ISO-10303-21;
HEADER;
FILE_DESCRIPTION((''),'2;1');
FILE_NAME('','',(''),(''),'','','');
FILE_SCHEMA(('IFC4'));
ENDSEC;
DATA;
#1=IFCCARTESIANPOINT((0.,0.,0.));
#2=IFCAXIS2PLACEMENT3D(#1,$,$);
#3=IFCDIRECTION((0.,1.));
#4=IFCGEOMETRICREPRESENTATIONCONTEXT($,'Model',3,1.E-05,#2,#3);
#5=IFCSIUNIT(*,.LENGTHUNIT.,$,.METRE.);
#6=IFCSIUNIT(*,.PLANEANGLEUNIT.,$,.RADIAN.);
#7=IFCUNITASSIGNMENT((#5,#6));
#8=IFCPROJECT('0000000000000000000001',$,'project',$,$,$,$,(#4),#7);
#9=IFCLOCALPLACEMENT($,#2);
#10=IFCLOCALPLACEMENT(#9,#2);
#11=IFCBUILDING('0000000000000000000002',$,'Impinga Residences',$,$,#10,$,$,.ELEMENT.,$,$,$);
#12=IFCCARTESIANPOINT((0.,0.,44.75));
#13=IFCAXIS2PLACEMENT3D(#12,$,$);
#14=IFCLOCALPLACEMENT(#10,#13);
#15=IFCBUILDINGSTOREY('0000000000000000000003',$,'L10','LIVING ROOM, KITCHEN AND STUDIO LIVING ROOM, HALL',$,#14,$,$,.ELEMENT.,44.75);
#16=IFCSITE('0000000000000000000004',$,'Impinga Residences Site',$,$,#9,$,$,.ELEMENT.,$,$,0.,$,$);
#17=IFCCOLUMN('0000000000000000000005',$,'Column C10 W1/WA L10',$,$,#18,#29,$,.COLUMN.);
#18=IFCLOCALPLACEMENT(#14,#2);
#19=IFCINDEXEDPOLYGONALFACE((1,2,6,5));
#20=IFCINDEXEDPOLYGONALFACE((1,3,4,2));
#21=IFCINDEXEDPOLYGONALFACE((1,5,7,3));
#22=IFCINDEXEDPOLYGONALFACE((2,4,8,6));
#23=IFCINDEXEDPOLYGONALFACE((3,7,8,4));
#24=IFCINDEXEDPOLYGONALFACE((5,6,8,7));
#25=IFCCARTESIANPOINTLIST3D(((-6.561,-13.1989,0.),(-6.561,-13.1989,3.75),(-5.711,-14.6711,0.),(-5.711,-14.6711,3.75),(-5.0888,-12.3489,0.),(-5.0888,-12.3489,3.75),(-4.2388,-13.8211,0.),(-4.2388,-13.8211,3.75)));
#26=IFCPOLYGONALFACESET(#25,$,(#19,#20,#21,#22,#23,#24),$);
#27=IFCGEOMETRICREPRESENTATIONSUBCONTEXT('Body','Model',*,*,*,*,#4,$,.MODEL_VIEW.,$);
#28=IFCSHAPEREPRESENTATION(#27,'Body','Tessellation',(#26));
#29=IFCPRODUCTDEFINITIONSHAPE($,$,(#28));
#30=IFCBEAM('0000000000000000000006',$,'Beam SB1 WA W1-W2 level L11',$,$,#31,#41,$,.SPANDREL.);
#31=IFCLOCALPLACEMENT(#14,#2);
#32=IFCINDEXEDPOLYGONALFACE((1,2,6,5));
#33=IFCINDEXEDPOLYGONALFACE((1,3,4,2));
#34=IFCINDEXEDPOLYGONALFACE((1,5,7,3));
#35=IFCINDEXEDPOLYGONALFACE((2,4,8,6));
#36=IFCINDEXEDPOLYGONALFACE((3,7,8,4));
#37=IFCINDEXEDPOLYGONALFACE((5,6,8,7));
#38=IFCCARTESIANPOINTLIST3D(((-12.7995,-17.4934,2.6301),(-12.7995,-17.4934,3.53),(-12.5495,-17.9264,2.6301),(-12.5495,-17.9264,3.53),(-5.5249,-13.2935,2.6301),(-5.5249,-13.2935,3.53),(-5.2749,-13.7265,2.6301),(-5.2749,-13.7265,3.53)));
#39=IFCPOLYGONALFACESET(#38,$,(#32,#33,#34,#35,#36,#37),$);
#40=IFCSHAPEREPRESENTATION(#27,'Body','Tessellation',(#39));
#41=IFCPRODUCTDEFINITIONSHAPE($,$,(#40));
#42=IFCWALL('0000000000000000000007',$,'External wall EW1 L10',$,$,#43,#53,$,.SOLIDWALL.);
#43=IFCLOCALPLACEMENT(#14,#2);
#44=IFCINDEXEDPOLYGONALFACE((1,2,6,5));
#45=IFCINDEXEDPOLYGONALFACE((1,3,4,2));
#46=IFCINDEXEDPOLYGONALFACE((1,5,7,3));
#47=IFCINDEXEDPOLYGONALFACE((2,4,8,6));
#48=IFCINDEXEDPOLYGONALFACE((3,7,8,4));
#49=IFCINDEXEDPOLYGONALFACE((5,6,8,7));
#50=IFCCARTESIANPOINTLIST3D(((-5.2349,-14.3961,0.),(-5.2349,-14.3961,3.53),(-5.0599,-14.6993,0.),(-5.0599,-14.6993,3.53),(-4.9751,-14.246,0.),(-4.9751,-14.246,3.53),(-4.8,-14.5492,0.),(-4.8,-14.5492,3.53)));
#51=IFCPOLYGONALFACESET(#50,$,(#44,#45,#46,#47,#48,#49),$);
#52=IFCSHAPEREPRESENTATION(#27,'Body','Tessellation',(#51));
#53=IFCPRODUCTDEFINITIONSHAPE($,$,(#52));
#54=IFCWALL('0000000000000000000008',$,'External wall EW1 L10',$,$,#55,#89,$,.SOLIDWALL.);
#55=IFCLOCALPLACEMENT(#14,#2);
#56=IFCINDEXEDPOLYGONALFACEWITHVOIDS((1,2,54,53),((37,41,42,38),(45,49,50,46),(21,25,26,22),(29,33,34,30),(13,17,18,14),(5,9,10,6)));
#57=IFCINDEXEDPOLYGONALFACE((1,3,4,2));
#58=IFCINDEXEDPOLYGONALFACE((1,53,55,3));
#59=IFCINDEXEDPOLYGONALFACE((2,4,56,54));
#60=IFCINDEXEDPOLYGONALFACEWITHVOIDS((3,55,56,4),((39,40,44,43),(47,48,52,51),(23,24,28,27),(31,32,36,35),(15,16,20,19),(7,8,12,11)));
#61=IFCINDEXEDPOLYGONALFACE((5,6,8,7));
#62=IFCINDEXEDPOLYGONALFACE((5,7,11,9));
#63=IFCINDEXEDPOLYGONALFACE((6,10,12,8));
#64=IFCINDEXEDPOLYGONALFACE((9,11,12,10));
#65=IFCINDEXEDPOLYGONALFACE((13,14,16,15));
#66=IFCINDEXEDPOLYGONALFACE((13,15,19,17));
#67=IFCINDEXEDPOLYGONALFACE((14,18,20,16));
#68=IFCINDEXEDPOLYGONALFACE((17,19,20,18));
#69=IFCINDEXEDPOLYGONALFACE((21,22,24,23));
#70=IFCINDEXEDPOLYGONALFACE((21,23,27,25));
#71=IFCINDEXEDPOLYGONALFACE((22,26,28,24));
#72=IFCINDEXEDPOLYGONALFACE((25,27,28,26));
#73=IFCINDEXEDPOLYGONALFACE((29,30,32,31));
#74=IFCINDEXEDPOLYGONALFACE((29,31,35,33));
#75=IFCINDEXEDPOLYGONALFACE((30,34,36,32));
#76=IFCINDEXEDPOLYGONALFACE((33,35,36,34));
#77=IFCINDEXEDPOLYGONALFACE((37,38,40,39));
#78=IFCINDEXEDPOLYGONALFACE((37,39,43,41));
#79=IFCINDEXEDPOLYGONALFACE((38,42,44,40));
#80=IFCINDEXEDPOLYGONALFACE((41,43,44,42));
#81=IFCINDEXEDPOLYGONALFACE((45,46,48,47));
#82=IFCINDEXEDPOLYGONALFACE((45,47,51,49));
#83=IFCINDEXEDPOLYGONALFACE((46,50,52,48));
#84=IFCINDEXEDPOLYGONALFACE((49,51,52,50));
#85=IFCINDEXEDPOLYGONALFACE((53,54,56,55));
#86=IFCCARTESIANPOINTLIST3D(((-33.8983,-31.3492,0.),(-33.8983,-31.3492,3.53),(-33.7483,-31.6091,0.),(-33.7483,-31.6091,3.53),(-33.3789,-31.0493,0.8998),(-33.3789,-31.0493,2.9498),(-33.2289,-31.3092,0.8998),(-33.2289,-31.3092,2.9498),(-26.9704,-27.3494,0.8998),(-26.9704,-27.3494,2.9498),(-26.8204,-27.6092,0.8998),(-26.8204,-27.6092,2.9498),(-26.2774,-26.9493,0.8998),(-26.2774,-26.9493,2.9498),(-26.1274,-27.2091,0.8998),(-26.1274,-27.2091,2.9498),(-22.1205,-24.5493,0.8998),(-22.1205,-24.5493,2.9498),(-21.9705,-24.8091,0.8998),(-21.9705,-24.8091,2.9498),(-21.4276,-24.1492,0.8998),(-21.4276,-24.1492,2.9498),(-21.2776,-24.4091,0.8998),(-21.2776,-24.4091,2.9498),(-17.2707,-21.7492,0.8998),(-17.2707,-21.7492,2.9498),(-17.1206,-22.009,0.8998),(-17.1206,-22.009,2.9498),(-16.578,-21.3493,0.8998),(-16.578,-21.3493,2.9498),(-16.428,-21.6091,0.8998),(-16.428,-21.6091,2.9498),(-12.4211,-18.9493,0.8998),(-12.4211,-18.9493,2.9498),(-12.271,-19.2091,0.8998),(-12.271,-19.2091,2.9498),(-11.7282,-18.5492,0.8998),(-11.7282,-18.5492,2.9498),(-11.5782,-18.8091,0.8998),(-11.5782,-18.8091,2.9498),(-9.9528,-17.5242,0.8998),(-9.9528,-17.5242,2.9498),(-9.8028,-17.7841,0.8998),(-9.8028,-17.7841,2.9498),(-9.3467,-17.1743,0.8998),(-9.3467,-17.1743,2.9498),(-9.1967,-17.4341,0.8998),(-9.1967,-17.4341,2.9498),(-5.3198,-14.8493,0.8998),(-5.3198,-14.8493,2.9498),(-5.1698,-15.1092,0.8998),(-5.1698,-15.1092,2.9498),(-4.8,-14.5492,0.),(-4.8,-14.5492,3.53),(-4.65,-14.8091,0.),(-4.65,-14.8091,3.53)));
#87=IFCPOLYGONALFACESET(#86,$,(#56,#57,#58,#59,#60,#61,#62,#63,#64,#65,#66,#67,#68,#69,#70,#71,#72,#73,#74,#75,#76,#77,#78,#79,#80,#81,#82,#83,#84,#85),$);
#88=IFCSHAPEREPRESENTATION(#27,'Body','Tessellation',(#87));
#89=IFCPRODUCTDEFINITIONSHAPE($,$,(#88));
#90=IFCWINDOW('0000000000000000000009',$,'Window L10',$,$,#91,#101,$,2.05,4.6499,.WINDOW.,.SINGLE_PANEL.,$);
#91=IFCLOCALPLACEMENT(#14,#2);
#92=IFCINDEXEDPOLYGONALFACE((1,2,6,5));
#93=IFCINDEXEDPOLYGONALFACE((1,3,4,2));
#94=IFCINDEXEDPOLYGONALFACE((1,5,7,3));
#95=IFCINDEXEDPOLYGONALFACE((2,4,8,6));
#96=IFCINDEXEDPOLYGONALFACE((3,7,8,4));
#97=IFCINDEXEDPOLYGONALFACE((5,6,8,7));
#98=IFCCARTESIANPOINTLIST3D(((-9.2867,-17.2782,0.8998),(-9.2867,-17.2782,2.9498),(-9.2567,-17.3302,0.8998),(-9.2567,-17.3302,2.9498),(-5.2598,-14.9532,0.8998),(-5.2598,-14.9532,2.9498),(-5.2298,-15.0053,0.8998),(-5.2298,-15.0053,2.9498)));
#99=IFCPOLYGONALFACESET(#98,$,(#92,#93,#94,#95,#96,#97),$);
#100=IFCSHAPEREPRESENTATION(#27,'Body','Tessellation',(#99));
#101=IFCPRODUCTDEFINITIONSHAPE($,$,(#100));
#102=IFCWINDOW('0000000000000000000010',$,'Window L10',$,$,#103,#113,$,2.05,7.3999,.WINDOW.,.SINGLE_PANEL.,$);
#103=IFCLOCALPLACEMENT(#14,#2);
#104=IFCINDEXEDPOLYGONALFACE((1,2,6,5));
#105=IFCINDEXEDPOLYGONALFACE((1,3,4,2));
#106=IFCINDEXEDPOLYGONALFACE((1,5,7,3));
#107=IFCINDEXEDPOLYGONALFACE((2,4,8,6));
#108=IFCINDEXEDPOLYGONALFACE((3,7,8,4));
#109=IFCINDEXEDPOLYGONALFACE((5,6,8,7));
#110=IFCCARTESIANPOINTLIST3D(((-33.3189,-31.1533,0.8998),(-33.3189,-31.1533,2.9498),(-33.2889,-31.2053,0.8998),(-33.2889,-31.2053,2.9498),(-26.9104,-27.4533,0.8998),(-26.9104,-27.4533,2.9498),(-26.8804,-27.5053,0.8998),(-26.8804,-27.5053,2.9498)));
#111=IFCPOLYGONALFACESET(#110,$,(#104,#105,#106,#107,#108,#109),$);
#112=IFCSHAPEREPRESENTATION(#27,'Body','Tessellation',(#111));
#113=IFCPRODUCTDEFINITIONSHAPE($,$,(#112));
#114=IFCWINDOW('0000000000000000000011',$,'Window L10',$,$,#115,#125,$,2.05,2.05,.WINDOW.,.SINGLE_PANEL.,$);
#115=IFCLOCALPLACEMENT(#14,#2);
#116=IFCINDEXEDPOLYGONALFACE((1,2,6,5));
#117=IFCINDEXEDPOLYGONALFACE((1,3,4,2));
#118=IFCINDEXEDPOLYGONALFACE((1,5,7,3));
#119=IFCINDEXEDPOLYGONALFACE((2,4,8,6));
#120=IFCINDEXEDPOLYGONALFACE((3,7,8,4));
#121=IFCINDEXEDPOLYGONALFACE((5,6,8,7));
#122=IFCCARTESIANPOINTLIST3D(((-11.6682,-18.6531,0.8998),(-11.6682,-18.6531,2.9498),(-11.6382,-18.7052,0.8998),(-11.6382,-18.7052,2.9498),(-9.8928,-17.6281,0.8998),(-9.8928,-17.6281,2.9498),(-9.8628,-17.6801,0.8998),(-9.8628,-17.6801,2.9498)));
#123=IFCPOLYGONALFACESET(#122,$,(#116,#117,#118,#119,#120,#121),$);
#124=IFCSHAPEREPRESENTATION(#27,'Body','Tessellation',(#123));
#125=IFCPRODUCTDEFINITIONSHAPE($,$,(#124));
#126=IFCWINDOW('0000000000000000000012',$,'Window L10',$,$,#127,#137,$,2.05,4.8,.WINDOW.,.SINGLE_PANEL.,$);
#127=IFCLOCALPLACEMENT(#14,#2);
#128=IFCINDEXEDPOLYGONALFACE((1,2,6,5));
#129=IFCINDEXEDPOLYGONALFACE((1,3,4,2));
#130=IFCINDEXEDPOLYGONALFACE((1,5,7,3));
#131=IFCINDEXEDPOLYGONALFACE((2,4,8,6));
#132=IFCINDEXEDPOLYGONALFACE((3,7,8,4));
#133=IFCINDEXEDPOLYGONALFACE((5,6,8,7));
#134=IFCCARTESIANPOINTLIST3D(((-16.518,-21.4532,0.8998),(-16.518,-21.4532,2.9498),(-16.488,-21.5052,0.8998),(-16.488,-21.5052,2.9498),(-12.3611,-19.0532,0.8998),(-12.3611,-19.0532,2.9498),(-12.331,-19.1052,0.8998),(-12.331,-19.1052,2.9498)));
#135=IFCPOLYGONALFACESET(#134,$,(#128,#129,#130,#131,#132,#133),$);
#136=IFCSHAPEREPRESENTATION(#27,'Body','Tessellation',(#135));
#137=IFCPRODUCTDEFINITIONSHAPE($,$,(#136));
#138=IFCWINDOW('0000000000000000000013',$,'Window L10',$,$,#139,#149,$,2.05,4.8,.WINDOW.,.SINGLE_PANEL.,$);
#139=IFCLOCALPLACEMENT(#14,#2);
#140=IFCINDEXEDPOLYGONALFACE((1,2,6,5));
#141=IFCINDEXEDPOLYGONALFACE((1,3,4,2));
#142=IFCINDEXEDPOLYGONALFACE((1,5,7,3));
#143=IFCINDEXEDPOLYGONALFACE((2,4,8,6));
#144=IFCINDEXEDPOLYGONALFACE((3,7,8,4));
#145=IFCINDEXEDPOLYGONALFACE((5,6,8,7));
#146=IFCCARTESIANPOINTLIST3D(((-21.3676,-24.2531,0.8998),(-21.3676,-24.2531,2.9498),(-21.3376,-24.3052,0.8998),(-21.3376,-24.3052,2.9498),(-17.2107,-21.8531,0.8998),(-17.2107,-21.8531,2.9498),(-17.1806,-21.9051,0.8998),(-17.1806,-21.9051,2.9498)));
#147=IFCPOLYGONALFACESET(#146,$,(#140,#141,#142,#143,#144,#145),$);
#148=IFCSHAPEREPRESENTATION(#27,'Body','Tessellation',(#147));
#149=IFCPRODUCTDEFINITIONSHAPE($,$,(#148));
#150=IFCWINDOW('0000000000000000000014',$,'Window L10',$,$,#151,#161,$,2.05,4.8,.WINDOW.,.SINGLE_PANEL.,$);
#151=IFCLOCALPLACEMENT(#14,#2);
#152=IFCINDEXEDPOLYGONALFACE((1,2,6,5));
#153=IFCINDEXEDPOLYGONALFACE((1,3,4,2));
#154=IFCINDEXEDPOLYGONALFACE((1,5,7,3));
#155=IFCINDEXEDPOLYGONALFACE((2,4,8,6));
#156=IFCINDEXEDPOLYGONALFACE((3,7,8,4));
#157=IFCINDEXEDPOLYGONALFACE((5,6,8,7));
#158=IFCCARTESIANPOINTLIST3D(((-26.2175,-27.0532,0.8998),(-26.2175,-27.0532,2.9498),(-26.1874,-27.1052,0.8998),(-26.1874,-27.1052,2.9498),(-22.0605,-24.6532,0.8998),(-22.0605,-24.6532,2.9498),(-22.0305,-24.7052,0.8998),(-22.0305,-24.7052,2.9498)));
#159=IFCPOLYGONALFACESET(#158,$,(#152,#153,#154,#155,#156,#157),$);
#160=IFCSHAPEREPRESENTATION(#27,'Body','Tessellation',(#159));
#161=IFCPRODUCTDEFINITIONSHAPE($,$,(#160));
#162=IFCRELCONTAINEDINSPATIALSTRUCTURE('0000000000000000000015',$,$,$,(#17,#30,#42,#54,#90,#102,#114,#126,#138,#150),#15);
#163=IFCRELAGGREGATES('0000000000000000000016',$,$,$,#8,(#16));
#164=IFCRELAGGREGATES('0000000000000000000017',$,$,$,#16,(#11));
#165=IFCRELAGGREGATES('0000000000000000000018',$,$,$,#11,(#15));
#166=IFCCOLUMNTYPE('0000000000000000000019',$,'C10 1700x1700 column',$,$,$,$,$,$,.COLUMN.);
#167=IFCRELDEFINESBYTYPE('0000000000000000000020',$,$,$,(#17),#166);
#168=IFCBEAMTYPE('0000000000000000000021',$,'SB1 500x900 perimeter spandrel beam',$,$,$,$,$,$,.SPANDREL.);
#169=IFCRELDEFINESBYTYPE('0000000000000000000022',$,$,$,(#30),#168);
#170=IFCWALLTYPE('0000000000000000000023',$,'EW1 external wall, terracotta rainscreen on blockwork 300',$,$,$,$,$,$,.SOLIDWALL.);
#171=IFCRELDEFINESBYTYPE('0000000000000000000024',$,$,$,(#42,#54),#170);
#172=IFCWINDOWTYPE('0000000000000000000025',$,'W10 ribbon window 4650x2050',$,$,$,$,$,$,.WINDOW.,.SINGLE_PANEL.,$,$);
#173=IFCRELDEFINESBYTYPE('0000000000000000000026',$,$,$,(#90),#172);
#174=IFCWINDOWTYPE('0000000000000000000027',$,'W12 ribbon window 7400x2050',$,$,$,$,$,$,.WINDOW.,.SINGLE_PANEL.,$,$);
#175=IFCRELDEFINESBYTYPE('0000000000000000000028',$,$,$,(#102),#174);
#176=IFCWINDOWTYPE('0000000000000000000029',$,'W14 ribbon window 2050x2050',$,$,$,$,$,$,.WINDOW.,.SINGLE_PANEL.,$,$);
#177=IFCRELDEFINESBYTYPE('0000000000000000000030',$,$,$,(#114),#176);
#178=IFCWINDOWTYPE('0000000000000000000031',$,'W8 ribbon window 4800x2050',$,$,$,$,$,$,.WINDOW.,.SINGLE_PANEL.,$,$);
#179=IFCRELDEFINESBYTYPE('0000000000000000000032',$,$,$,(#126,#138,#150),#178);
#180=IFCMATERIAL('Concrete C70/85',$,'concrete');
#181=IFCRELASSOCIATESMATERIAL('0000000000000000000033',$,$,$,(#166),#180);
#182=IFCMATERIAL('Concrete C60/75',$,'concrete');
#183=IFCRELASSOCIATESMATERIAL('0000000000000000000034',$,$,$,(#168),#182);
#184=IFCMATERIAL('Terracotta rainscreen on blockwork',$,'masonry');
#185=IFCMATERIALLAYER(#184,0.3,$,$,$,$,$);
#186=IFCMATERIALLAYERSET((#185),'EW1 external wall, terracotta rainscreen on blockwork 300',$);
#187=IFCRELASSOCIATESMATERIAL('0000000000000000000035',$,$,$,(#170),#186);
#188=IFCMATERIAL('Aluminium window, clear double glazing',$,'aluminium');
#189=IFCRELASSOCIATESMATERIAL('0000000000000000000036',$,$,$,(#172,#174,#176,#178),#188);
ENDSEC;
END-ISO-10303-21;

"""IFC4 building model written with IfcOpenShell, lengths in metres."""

from ifc_helpers import new_model, si_unit, direction, frame, frame_2d, origin, origin_2d, place, context, subcontext, project, spatial, rectangle, extrude, material, layer, layer_set, material_profile, profile_set, type_object, element, fill, save


model = new_model("IFC4")

# Units and contexts
model_context = context("Model", 3, precision=1e-05, world=origin(), true_north=direction((0.0, 1.0)))
body_context = subcontext(model_context, "Body", "Model", "MODEL_VIEW")
ifc_project = project(units=[si_unit("LENGTHUNIT", "METRE"), si_unit("PLANEANGLEUNIT", "RADIAN")], contexts=[model_context])

# Site, building, storey
site_placement = place(None, origin())
site = spatial("IfcSite", under=ifc_project, at=site_placement, Name="Impinga Residences Site", CompositionType="ELEMENT", RefElevation=0.0)
building_placement = place(site_placement, origin())
building = spatial("IfcBuilding", under=site, at=building_placement, Name="Impinga Residences", CompositionType="ELEMENT")
storey_placement = place(building_placement, frame((0.0, 0.0, 44.75)))
storey = spatial("IfcBuildingStorey", under=building, at=storey_placement, Name="L10", Description="LIVING ROOM, KITCHEN AND STUDIO LIVING ROOM, HALL", CompositionType="ELEMENT", Elevation=44.75)

# Column
ifc_material_1 = material(Name="Concrete C70/85", Category="concrete")
ifc_material_profile_1 = material_profile(ifc_material_1, rectangle(XDim=1.7, YDim=1.7, at=origin_2d()), Name="RC 1700x1700")
ifc_profile_set_1 = profile_set([ifc_material_profile_1], Name="Concrete C70/85")
column_type = type_object("IfcColumnType", Name="C10 1700x1700 column", PredefinedType="COLUMN", material=ifc_profile_set_1)
column_placement = place(storey_placement, frame((-5.3999, -13.51, 0.0), z_axis=(0.0, 0.0, 1.0), x_axis=(-0.5, 0.866025, 0.0)))
element("IfcColumn", 1, at=column_placement, inside=storey, type_object=column_type, Name="Column C10 W1/WA L10", PredefinedType="COLUMN", context=body_context, shape_type="SweptSolid", body=[
    extrude(rectangle(XDim=1.7, YDim=1.7, at=origin_2d()), origin(), (0.0, 0.0, 1.0), 3.75),
])

# Beam
ifc_material_2 = material(Name="Concrete C60/75", Category="concrete")
ifc_material_profile_2 = material_profile(ifc_material_2, rectangle(XDim=0.5, YDim=0.8999, at=origin_2d()), Name="RC 500x900")
ifc_profile_set_2 = profile_set([ifc_material_profile_2], Name="Concrete C60/75")
beam_type = type_object("IfcBeamType", Name="SB1 500x900 perimeter spandrel beam", PredefinedType="SPANDREL", material=ifc_profile_set_2)
beam_placement = place(storey_placement, frame((-5.3999, -13.51, 3.0801), z_axis=(-0.866029, -0.499993, 0.0), x_axis=(0.499993, -0.866029, 0.0)))
element("IfcBeam", 2, at=beam_placement, inside=storey, type_object=beam_type, Name="Beam SB1 WA W1-W2 level L11", PredefinedType="SPANDREL", context=body_context, shape_type="SweptSolid", body=[
    extrude(rectangle(XDim=0.5, YDim=0.8999, at=origin_2d()), origin(), (0.0, 0.0, 1.0), 8.3999),
])

# Wall
ifc_material_3 = material(Name="Terracotta rainscreen on blockwork", Category="masonry")
ifc_layer_1 = layer(ifc_material_3, 0.3)
ifc_layer_set_1 = layer_set([ifc_layer_1], Name="EW1 external wall, terracotta rainscreen on blockwork 300")
wall_type_1 = type_object("IfcWallType", Name="EW1 external wall, terracotta rainscreen on blockwork 300", PredefinedType="SOLIDWALL", material=ifc_layer_set_1)
wall_1_placement = place(storey_placement, frame((-5.105, -14.321, 0.0), z_axis=(0.0, 0.0, 1.0), x_axis=(0.499964, -0.866046, 0.0)))
element("IfcWall", 3, at=wall_1_placement, inside=storey, type_object=wall_type_1, Name="External wall EW1 L10", PredefinedType="SOLIDWALL", context=body_context, shape_type="SweptSolid", body=[
    extrude(rectangle(XDim=0.3501, YDim=0.3, at=frame_2d((0.175, 0.0))), origin(), (0.0, 0.0, 1.0), 3.53),
])

# Wall, openings, windows
wall_2_placement = place(storey_placement, frame((-4.7251, -14.6792, 0.0), z_axis=(0.0, 0.0, 1.0), x_axis=(-0.866024, -0.500002, 0.0)))
wall_2 = element("IfcWall", 4, at=wall_2_placement, inside=storey, type_object=wall_type_1, Name="External wall EW1 L10", PredefinedType="SOLIDWALL", context=body_context, shape_type="SweptSolid", body=[
    extrude(rectangle(XDim=33.5999, YDim=0.3, at=frame_2d((16.7998, 0.0))), origin(), (0.0, 0.0, 1.0), 3.53),
])
opening_1_placement = place(wall_2_placement, frame((0.6001, 0.0, 0.8999)))
opening_1 = element("IfcOpeningElement", 5, at=opening_1_placement, cuts=wall_2, PredefinedType="OPENING", context=body_context, shape_type="SweptSolid", body=[
    extrude(rectangle(XDim=4.6499, YDim=2.05, at=frame_2d((2.325, 1.0249))), frame((0.0, 0.1599, 0.0), z_axis=(0.0, -1.0, 0.0), x_axis=(1.0, 0.0, 0.0)), (0.0, 0.0, 1.0), 0.3201),
])
opening_2_placement = place(wall_2_placement, frame((5.95, 0.0, 0.8999)))
opening_2 = element("IfcOpeningElement", 6, at=opening_2_placement, cuts=wall_2, PredefinedType="OPENING", context=body_context, shape_type="SweptSolid", body=[
    extrude(rectangle(XDim=2.05, YDim=2.05, at=frame_2d((1.0249, 1.0249))), frame((0.0, 0.1599, 0.0), z_axis=(0.0, -1.0, 0.0), x_axis=(1.0, 0.0, 0.0)), (0.0, 0.0, 1.0), 0.3201),
])
opening_3_placement = place(wall_2_placement, frame((8.8, 0.0, 0.8999)))
opening_3 = element("IfcOpeningElement", 7, at=opening_3_placement, cuts=wall_2, PredefinedType="OPENING", context=body_context, shape_type="SweptSolid", body=[
    extrude(rectangle(XDim=4.8, YDim=2.05, at=frame_2d((2.3999, 1.0249))), frame((0.0, 0.1599, 0.0), z_axis=(0.0, -1.0, 0.0), x_axis=(1.0, 0.0, 0.0)), (0.0, 0.0, 1.0), 0.3201),
])
opening_4_placement = place(wall_2_placement, frame((14.3999, 0.0, 0.8999)))
opening_4 = element("IfcOpeningElement", 8, at=opening_4_placement, cuts=wall_2, PredefinedType="OPENING", context=body_context, shape_type="SweptSolid", body=[
    extrude(rectangle(XDim=4.8, YDim=2.05, at=frame_2d((2.3999, 1.0249))), frame((0.0, 0.1599, 0.0), z_axis=(0.0, -1.0, 0.0), x_axis=(1.0, 0.0, 0.0)), (0.0, 0.0, 1.0), 0.3201),
])
opening_5_placement = place(wall_2_placement, frame((20.0, 0.0, 0.8999)))
opening_5 = element("IfcOpeningElement", 9, at=opening_5_placement, cuts=wall_2, PredefinedType="OPENING", context=body_context, shape_type="SweptSolid", body=[
    extrude(rectangle(XDim=4.8, YDim=2.05, at=frame_2d((2.3999, 1.0249))), frame((0.0, 0.1599, 0.0), z_axis=(0.0, -1.0, 0.0), x_axis=(1.0, 0.0, 0.0)), (0.0, 0.0, 1.0), 0.3201),
])
opening_6_placement = place(wall_2_placement, frame((25.6001, 0.0, 0.8999)))
opening_6 = element("IfcOpeningElement", 10, at=opening_6_placement, cuts=wall_2, PredefinedType="OPENING", context=body_context, shape_type="SweptSolid", body=[
    extrude(rectangle(XDim=7.3999, YDim=2.05, at=frame_2d((3.7, 1.0249))), frame((0.0, 0.1599, 0.0), z_axis=(0.0, -1.0, 0.0), x_axis=(1.0, 0.0, 0.0)), (0.0, 0.0, 1.0), 0.3201),
])
ifc_material_4 = material(Name="Aluminium window, clear double glazing", Category="aluminium")
window_type_1 = type_object("IfcWindowType", Name="W10 ribbon window 4650x2050", PartitioningType="SINGLE_PANEL", PredefinedType="WINDOW", material=ifc_material_4)
window_1_placement = place(opening_1_placement, origin())
window_1 = element("IfcWindow", 11, at=window_1_placement, inside=storey, type_object=window_type_1, Name="Window L10", OverallHeight=2.05, OverallWidth=4.6499, PartitioningType="SINGLE_PANEL", PredefinedType="WINDOW", context=body_context, shape_type="SweptSolid", body=[
    extrude(rectangle(XDim=4.6499, YDim=2.05, at=frame_2d((2.325, 1.0249))), frame((0.0, 0.03, 0.0), z_axis=(0.0, -1.0, 0.0), x_axis=(1.0, 0.0, 0.0)), (0.0, 0.0, 1.0), 0.0601),
])
fill(opening_1, window_1)
window_type_2 = type_object("IfcWindowType", Name="W12 ribbon window 7400x2050", PartitioningType="SINGLE_PANEL", PredefinedType="WINDOW", material=ifc_material_4)
window_2_placement = place(opening_6_placement, origin())
window_2 = element("IfcWindow", 12, at=window_2_placement, inside=storey, type_object=window_type_2, Name="Window L10", OverallHeight=2.05, OverallWidth=7.3999, PartitioningType="SINGLE_PANEL", PredefinedType="WINDOW", context=body_context, shape_type="SweptSolid", body=[
    extrude(rectangle(XDim=7.3999, YDim=2.05, at=frame_2d((3.7, 1.0249))), frame((0.0, 0.03, 0.0), z_axis=(0.0, -1.0, 0.0), x_axis=(1.0, 0.0, 0.0)), (0.0, 0.0, 1.0), 0.0601),
])
fill(opening_6, window_2)
window_type_3 = type_object("IfcWindowType", Name="W14 ribbon window 2050x2050", PartitioningType="SINGLE_PANEL", PredefinedType="WINDOW", material=ifc_material_4)
window_3_placement = place(opening_2_placement, origin())
window_3 = element("IfcWindow", 13, at=window_3_placement, inside=storey, type_object=window_type_3, Name="Window L10", OverallHeight=2.05, OverallWidth=2.05, PartitioningType="SINGLE_PANEL", PredefinedType="WINDOW", context=body_context, shape_type="SweptSolid", body=[
    extrude(rectangle(XDim=2.05, YDim=2.05, at=frame_2d((1.0249, 1.0249))), frame((0.0, 0.03, 0.0), z_axis=(0.0, -1.0, 0.0), x_axis=(1.0, 0.0, 0.0)), (0.0, 0.0, 1.0), 0.0601),
])
fill(opening_2, window_3)
window_type_4 = type_object("IfcWindowType", Name="W8 ribbon window 4800x2050", PartitioningType="SINGLE_PANEL", PredefinedType="WINDOW", material=ifc_material_4)
window_4_placement = place(opening_3_placement, origin())
window_4 = element("IfcWindow", 14, at=window_4_placement, inside=storey, type_object=window_type_4, Name="Window L10", OverallHeight=2.05, OverallWidth=4.8, PartitioningType="SINGLE_PANEL", PredefinedType="WINDOW", context=body_context, shape_type="SweptSolid", body=[
    extrude(rectangle(XDim=4.8, YDim=2.05, at=frame_2d((2.3999, 1.0249))), frame((0.0, 0.03, 0.0), z_axis=(0.0, -1.0, 0.0), x_axis=(1.0, 0.0, 0.0)), (0.0, 0.0, 1.0), 0.0601),
])
fill(opening_3, window_4)
window_5_placement = place(opening_4_placement, origin())
window_5 = element("IfcWindow", 15, at=window_5_placement, inside=storey, type_object=window_type_4, Name="Window L10", OverallHeight=2.05, OverallWidth=4.8, PartitioningType="SINGLE_PANEL", PredefinedType="WINDOW", context=body_context, shape_type="SweptSolid", body=[
    extrude(rectangle(XDim=4.8, YDim=2.05, at=frame_2d((2.3999, 1.0249))), frame((0.0, 0.03, 0.0), z_axis=(0.0, -1.0, 0.0), x_axis=(1.0, 0.0, 0.0)), (0.0, 0.0, 1.0), 0.0601),
])
fill(opening_4, window_5)
window_6_placement = place(opening_5_placement, origin())
window_6 = element("IfcWindow", 16, at=window_6_placement, inside=storey, type_object=window_type_4, Name="Window L10", OverallHeight=2.05, OverallWidth=4.8, PartitioningType="SINGLE_PANEL", PredefinedType="WINDOW", context=body_context, shape_type="SweptSolid", body=[
    extrude(rectangle(XDim=4.8, YDim=2.05, at=frame_2d((2.3999, 1.0249))), frame((0.0, 0.03, 0.0), z_axis=(0.0, -1.0, 0.0), x_axis=(1.0, 0.0, 0.0)), (0.0, 0.0, 1.0), 0.0601),
])
fill(opening_5, window_6)

save(model, "model.ifc")
